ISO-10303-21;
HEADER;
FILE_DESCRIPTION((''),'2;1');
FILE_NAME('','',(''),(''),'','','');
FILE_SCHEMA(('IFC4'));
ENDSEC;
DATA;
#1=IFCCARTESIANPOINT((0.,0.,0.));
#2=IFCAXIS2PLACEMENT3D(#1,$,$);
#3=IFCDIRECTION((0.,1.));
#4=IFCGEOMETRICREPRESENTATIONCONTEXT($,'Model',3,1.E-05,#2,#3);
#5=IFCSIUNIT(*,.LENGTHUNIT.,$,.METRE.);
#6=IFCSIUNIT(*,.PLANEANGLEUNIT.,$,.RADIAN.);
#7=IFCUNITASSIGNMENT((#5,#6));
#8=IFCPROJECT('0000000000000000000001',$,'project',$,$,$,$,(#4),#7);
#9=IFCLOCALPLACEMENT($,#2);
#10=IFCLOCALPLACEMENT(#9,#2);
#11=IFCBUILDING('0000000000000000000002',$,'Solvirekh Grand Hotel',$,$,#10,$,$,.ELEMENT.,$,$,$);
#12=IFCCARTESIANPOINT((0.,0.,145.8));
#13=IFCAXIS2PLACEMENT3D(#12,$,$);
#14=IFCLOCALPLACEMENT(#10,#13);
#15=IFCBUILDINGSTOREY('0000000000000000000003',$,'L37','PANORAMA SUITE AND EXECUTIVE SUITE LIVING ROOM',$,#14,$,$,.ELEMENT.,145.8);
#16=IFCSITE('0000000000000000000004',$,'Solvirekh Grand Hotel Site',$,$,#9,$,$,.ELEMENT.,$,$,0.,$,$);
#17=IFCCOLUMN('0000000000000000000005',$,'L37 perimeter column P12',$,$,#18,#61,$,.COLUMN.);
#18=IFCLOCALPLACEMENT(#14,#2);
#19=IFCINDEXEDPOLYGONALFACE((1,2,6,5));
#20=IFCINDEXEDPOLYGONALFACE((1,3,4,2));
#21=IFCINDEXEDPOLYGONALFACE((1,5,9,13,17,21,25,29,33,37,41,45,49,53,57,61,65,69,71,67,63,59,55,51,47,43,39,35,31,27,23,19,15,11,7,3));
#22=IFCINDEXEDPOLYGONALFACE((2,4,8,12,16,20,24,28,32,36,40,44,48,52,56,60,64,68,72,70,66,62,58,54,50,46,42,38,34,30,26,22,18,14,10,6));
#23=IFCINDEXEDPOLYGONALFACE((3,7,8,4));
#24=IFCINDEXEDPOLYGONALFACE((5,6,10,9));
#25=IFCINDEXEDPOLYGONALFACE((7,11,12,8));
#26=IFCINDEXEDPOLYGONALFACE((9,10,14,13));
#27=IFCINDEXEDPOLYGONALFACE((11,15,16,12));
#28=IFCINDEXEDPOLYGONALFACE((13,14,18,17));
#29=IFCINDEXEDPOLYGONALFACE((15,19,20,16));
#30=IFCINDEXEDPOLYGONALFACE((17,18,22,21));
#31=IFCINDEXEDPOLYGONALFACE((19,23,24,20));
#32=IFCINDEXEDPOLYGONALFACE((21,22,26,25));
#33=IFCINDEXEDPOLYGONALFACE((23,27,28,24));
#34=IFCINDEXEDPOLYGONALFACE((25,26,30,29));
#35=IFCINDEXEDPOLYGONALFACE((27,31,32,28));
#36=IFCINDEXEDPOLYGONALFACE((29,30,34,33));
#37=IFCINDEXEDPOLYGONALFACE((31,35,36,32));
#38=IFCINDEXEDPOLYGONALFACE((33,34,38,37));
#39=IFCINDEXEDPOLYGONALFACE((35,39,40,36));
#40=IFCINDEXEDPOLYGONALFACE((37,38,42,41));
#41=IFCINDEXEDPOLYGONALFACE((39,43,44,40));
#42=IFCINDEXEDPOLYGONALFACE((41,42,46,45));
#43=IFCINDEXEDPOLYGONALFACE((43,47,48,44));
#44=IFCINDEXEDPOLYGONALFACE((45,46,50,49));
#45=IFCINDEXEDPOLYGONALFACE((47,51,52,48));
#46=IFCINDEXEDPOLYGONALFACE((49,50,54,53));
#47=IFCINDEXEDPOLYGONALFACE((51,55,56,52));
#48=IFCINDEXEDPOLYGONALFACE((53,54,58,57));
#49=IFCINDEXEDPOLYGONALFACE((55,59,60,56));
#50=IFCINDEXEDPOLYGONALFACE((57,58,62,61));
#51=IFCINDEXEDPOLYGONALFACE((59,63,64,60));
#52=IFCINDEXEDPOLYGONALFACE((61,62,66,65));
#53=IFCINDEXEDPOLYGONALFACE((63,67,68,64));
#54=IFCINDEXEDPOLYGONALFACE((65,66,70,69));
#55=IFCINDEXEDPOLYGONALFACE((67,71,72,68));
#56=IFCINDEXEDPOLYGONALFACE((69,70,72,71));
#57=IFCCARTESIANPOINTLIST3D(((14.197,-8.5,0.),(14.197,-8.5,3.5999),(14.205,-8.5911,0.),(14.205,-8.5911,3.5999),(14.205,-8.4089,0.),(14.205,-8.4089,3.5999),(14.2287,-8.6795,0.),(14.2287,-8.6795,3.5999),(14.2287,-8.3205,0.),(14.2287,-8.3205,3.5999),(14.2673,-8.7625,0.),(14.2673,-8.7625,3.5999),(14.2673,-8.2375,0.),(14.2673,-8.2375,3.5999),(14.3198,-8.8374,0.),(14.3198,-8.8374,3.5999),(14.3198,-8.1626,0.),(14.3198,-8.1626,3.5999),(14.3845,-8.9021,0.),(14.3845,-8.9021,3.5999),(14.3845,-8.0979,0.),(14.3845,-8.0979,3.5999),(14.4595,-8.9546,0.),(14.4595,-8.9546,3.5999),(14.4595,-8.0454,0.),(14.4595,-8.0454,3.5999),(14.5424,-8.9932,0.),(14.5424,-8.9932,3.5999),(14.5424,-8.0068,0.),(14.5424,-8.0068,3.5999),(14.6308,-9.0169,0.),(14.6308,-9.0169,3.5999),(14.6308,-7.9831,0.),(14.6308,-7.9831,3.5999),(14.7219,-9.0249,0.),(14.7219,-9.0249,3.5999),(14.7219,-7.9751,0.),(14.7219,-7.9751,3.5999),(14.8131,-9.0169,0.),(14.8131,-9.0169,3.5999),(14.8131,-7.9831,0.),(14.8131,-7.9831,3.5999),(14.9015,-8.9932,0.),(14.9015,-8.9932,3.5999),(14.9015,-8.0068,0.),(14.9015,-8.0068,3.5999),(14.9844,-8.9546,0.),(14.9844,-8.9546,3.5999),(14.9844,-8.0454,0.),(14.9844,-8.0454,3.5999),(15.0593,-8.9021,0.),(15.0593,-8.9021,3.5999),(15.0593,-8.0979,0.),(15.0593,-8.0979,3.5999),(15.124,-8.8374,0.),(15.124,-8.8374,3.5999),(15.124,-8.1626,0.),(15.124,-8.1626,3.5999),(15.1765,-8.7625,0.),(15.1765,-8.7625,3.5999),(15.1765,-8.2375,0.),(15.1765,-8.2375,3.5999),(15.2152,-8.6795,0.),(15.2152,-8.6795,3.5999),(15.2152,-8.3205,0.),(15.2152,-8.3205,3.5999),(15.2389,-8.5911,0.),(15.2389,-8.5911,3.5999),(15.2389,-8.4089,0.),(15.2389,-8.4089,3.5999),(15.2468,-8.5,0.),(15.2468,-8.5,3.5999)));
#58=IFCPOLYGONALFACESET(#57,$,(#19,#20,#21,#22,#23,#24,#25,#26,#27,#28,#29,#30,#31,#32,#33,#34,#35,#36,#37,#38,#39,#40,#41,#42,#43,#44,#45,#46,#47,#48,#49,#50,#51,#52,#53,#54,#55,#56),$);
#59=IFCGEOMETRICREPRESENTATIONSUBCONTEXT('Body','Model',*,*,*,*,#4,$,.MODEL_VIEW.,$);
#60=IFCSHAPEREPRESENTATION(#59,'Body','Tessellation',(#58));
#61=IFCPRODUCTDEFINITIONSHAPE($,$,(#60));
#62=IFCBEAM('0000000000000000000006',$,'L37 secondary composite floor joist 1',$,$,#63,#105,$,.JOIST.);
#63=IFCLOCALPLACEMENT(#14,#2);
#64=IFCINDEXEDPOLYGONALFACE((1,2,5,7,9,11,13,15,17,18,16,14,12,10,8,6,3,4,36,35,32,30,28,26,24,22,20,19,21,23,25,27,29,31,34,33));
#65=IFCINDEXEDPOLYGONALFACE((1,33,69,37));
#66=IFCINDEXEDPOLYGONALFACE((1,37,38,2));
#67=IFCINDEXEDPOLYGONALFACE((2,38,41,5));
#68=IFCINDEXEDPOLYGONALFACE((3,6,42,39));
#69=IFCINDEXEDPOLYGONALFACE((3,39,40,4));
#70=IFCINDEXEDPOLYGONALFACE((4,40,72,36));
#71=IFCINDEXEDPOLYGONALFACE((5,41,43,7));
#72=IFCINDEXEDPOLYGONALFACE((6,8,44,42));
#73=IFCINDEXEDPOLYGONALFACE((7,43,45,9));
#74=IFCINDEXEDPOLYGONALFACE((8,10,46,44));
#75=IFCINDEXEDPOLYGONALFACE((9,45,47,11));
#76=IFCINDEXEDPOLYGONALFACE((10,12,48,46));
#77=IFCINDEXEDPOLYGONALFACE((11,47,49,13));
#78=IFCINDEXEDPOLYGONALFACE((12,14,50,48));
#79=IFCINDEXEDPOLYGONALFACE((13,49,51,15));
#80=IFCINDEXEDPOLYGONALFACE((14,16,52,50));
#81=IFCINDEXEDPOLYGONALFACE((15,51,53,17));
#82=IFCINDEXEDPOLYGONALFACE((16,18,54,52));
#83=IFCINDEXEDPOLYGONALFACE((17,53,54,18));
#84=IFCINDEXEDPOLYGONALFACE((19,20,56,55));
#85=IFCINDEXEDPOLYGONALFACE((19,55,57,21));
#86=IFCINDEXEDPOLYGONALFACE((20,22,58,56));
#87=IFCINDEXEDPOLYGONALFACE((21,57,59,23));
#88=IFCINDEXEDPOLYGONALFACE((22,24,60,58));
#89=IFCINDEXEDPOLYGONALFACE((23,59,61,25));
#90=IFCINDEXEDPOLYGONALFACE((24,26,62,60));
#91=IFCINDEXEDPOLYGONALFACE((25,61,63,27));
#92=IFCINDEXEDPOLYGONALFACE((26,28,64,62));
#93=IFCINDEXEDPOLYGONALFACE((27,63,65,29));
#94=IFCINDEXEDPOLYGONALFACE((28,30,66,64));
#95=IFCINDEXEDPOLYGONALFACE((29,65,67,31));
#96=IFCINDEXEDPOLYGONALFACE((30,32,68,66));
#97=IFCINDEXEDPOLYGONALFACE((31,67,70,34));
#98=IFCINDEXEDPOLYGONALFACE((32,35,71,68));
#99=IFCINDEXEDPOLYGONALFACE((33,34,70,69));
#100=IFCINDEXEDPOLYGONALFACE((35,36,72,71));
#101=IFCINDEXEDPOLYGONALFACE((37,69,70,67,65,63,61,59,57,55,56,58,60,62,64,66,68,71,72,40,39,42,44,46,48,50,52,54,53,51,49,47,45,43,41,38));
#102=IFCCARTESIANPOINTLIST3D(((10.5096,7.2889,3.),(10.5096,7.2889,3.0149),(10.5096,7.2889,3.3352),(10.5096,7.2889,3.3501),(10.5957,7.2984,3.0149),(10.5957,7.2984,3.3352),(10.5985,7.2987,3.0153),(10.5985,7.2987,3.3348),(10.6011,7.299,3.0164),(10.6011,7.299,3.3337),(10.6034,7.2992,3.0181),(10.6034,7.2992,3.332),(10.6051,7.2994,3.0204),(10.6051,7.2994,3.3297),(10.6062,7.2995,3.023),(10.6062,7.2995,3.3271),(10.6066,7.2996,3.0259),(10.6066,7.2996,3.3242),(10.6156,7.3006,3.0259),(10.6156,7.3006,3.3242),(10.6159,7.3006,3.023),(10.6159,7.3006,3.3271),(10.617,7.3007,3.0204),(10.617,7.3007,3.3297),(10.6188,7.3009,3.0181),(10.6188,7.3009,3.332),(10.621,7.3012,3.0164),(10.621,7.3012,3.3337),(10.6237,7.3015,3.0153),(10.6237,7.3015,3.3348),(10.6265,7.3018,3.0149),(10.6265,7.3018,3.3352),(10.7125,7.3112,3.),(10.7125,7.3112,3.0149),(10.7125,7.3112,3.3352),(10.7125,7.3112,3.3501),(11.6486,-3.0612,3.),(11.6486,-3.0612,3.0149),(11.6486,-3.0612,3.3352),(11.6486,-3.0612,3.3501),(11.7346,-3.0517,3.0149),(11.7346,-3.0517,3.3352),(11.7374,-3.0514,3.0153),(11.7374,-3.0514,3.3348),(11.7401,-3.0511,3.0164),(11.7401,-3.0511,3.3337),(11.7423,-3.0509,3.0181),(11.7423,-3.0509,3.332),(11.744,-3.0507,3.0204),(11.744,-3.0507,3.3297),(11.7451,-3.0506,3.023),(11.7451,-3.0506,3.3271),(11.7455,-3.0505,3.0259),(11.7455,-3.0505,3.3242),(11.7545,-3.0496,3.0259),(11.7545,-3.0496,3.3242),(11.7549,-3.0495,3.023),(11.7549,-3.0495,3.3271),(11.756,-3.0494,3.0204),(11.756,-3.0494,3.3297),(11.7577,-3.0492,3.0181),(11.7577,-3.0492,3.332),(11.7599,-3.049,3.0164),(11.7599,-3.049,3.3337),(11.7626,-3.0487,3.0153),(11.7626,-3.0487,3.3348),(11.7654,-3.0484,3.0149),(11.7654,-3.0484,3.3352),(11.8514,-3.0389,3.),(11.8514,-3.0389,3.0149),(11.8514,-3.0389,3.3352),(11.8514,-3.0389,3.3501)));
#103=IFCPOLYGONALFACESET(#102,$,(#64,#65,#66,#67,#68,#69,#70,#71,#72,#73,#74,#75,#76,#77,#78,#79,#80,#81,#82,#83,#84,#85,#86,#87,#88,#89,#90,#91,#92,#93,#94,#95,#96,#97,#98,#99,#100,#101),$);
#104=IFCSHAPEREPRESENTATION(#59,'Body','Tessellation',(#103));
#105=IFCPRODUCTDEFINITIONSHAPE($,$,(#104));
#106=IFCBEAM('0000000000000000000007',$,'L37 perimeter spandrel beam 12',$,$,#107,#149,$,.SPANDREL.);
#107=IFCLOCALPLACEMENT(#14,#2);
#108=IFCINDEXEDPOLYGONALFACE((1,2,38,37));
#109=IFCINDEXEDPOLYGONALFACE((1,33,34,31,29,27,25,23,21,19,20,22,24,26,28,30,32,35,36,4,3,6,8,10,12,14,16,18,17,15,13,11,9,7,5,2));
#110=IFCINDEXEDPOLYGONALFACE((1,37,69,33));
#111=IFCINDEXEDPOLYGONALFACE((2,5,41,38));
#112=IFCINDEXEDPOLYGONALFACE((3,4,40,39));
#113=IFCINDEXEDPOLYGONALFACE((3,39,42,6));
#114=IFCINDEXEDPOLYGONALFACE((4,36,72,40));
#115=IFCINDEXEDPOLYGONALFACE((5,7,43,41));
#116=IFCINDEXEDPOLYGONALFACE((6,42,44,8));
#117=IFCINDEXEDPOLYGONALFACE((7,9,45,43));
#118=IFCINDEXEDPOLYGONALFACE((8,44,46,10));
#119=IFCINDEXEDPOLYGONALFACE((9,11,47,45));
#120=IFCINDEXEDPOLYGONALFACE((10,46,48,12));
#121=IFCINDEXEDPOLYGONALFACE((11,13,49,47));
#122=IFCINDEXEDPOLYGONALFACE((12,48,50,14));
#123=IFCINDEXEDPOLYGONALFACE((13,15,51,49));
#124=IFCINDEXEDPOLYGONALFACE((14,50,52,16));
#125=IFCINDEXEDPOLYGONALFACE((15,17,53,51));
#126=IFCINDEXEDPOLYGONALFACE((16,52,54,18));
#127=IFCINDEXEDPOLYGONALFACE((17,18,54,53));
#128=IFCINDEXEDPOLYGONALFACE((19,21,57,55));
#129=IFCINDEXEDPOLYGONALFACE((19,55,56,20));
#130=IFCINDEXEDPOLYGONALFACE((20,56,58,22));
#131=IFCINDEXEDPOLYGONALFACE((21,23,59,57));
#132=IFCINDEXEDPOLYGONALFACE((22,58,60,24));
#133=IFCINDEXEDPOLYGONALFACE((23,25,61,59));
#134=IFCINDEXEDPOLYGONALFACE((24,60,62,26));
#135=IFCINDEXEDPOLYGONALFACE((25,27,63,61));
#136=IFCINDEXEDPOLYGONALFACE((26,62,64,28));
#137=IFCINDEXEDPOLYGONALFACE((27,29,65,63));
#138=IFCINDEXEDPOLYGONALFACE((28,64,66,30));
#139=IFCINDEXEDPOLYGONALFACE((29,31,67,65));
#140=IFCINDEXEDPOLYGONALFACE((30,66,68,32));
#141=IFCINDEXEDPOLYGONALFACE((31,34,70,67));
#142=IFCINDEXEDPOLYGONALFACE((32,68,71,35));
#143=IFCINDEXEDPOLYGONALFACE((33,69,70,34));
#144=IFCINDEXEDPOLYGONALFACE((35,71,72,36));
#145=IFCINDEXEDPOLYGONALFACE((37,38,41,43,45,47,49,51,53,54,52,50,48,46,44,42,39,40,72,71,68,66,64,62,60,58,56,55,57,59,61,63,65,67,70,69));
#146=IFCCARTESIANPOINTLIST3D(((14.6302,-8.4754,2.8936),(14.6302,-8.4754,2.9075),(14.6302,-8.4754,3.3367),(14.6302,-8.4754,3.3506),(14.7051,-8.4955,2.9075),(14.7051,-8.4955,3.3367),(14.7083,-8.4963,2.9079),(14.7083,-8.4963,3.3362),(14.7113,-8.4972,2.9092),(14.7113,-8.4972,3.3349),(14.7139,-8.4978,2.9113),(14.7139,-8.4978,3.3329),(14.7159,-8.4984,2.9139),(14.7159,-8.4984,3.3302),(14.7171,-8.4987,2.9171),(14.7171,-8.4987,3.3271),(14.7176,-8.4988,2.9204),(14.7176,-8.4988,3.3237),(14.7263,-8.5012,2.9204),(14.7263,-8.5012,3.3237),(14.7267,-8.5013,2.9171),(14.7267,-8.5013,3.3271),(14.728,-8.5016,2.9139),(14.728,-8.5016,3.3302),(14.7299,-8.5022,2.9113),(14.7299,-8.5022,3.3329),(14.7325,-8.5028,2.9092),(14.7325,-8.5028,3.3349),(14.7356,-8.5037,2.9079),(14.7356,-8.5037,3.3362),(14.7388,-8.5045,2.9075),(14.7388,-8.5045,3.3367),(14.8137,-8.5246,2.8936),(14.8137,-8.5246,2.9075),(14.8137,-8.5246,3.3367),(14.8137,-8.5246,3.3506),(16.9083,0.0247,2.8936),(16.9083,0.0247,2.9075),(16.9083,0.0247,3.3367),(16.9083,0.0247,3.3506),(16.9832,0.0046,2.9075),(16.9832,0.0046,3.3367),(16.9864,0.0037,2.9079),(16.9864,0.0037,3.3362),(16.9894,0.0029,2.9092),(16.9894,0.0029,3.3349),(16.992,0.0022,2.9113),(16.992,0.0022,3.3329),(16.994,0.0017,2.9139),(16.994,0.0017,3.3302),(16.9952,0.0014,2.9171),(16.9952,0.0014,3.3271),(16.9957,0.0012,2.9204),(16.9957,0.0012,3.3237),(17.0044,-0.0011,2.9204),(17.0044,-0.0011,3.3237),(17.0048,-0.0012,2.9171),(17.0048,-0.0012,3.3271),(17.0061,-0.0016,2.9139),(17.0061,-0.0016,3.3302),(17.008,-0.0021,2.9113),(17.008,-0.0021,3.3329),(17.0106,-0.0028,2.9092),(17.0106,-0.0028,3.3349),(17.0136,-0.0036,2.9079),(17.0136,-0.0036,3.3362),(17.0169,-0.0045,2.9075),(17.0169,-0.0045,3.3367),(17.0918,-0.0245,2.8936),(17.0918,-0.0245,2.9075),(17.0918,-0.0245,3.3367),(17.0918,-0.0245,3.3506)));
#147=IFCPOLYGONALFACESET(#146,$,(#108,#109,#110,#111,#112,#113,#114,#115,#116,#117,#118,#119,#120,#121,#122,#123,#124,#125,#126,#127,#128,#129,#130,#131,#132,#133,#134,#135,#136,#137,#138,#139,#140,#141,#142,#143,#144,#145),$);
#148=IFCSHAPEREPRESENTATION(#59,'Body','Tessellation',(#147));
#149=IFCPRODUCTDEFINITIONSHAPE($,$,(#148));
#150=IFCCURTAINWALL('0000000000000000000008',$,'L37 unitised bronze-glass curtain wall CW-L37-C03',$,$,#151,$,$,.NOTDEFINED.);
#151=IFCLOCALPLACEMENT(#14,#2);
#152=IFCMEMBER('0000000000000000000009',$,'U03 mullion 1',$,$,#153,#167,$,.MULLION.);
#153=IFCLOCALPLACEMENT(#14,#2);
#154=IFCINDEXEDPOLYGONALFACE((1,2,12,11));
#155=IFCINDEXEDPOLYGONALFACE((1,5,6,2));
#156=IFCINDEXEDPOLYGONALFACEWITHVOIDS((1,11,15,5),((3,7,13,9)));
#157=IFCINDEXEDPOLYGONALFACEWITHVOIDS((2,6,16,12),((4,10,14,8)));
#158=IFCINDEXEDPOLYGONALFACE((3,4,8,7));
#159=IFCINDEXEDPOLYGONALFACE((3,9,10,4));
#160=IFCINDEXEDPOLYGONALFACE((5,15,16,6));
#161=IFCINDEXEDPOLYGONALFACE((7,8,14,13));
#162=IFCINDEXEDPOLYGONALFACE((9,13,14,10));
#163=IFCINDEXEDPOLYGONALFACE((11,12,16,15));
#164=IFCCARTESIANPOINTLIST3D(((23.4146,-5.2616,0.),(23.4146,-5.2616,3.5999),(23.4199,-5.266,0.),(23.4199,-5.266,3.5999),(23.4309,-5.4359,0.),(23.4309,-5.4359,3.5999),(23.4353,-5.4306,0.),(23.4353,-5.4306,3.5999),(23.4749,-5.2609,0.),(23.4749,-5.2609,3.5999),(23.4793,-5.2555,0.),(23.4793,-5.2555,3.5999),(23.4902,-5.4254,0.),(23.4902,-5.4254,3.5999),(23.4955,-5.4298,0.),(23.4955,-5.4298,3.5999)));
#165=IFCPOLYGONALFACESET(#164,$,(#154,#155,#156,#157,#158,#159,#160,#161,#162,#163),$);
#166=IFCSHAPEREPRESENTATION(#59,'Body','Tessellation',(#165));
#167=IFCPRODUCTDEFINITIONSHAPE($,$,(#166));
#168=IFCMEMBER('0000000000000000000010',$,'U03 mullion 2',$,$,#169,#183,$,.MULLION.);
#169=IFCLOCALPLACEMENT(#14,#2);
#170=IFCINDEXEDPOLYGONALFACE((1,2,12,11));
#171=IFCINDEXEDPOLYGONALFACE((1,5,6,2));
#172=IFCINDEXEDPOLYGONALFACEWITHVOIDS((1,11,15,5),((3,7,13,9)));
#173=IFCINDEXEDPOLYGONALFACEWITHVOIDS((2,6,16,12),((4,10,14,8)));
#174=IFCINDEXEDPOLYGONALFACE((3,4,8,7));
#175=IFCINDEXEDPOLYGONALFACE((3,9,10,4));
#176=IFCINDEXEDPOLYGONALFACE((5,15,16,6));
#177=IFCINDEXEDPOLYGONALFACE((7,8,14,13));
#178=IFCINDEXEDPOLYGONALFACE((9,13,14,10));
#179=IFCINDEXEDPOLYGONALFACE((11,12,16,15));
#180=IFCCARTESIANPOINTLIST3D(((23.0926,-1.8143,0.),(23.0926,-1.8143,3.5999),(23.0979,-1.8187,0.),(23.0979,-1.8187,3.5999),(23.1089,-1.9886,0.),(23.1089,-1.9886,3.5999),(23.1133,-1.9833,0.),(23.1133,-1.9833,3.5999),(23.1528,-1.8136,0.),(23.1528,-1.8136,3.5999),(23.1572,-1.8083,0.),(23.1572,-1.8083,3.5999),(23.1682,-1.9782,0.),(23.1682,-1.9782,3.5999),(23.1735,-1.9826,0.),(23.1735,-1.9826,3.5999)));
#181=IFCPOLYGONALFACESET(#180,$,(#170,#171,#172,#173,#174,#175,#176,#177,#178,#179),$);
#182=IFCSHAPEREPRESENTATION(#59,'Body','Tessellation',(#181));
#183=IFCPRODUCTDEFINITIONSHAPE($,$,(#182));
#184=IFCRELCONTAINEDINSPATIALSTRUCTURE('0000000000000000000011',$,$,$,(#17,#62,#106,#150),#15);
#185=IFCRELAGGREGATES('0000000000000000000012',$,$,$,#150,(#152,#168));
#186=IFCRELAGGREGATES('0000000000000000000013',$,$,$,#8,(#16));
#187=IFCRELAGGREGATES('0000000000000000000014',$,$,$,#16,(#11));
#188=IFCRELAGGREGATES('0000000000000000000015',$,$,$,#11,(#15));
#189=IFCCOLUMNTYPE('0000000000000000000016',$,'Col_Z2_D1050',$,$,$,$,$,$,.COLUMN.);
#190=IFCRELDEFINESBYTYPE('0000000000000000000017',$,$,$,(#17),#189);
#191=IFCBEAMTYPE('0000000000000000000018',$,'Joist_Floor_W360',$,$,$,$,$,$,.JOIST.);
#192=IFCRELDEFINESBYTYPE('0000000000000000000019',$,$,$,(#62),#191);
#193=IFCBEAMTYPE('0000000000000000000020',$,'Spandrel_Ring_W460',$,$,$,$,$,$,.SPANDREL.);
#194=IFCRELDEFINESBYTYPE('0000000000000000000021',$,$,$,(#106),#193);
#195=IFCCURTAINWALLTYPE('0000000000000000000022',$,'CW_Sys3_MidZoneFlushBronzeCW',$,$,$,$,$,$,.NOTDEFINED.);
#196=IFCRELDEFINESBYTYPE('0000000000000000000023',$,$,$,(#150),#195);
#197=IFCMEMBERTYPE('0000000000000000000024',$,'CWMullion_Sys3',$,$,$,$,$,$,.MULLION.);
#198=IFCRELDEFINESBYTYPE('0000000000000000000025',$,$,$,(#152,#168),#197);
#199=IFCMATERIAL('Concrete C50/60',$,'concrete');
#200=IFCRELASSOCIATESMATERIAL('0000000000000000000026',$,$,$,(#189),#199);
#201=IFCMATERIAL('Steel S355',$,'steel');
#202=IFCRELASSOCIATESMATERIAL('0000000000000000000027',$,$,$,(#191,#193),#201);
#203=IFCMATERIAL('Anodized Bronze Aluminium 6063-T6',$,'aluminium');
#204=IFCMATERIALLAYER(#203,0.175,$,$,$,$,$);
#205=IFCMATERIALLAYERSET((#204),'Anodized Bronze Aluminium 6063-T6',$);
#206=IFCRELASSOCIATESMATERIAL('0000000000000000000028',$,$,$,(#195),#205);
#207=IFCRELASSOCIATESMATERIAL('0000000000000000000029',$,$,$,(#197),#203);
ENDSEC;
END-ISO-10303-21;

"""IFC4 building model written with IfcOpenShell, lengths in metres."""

from ifc_helpers import new_model, si_unit, direction, frame, origin, origin_2d, place, context, subcontext, project, spatial, hollow_rectangle, circle, i_section, extrude, source, transform, mapped, material, layer, layer_set, material_profile, profile_set, type_object, element, aggregate, save


model = new_model("IFC4")

# Units and contexts
model_context = context("Model", 3, precision=1e-05, world=origin(), true_north=direction((0.0, 1.0)))
body_context = subcontext(model_context, "Body", "Model", "MODEL_VIEW")
ifc_project = project(units=[si_unit("LENGTHUNIT", "METRE"), si_unit("PLANEANGLEUNIT", "RADIAN")], contexts=[model_context])

# Site, building, storey
site_placement = place(None, origin())
site = spatial("IfcSite", under=ifc_project, at=site_placement, Name="Solvirekh Grand Hotel Site", CompositionType="ELEMENT", RefElevation=0.0)
building_placement = place(site_placement, origin())
building = spatial("IfcBuilding", under=site, at=building_placement, Name="Solvirekh Grand Hotel", CompositionType="ELEMENT")
storey_placement = place(building_placement, frame((0.0, 0.0, 145.8)))
storey = spatial("IfcBuildingStorey", under=building, at=storey_placement, Name="L37", Description="PANORAMA SUITE AND EXECUTIVE SUITE LIVING ROOM", CompositionType="ELEMENT", Elevation=145.8)

# Column
ifc_material_1 = material(Name="Concrete C50/60", Category="concrete")
ifc_material_profile_1 = material_profile(ifc_material_1, circle(Radius=0.5249, at=origin_2d()), Name="RC CIRC D1050")
ifc_profile_set_1 = profile_set([ifc_material_profile_1], Name="Concrete C50/60")
column_type = type_object("IfcColumnType", Name="Col_Z2_D1050", PredefinedType="COLUMN", material=ifc_profile_set_1)
column_placement = place(storey_placement, frame((14.7219, -8.5, 0.0), z_axis=(0.0, 0.0, 1.0), x_axis=(1.0, 0.0, 0.0)))
element("IfcColumn", 1, at=column_placement, inside=storey, type_object=column_type, Name="L37 perimeter column P12", PredefinedType="COLUMN", context=body_context, shape_type="SweptSolid", body=[
    extrude(circle(Radius=0.5249, at=origin_2d()), origin(), (0.0, 0.0, 1.0), 3.5999),
])

# Beams
ifc_material_2 = material(Name="Steel S355", Category="steel")
ifc_material_profile_2 = material_profile(ifc_material_2, i_section(OverallWidth=0.2041, OverallDepth=0.3501, WebThickness=0.009, FlangeThickness=0.0149, FilletRadius=0.011, at=origin_2d()), Name="W360X72")
ifc_profile_set_2 = profile_set([ifc_material_profile_2], Name="Steel S355")
beam_type_1 = type_object("IfcBeamType", Name="Joist_Floor_W360", PredefinedType="JOIST", material=ifc_profile_set_2)
beam_1_placement = place(storey_placement, frame((11.75, -3.05, 3.175), z_axis=(-0.109379, 0.994, 0.0), x_axis=(-0.994, -0.109379, 0.0)))
element("IfcBeam", 2, at=beam_1_placement, inside=storey, type_object=beam_type_1, Name="L37 secondary composite floor joist 1", PredefinedType="JOIST", context=body_context, shape_type="SweptSolid", body=[
    extrude(i_section(OverallWidth=0.2041, OverallDepth=0.3501, WebThickness=0.009, FlangeThickness=0.0149, FilletRadius=0.011, at=origin_2d()), origin(), (0.0, 0.0, 1.0), 10.4126),
])
ifc_material_profile_3 = material_profile(ifc_material_2, i_section(OverallWidth=0.1899, OverallDepth=0.457, WebThickness=0.009, FlangeThickness=0.0139, FilletRadius=0.0129, at=origin_2d()), Name="W460X74")
ifc_profile_set_3 = profile_set([ifc_material_profile_3], Name="Steel S355")
beam_type_2 = type_object("IfcBeamType", Name="Spandrel_Ring_W460", PredefinedType="SPANDREL", material=ifc_profile_set_3)
beam_2_placement = place(storey_placement, frame((14.7219, -8.5, 3.1221), z_axis=(0.258873, 0.965911, 0.0), x_axis=(-0.965911, 0.258873, 0.0)))
element("IfcBeam", 3, at=beam_2_placement, inside=storey, type_object=beam_type_2, Name="L37 perimeter spandrel beam 12", PredefinedType="SPANDREL", context=body_context, shape_type="SweptSolid", body=[
    extrude(i_section(OverallWidth=0.1899, OverallDepth=0.457, WebThickness=0.009, FlangeThickness=0.0139, FilletRadius=0.0129, at=origin_2d()), origin(), (0.0, 0.0, 1.0), 8.8),
])

# Curtain wall, members
ifc_material_3 = material(Name="Anodized Bronze Aluminium 6063-T6", Category="aluminium")
ifc_layer_1 = layer(ifc_material_3, 0.175)
ifc_layer_set_1 = layer_set([ifc_layer_1], Name="Anodized Bronze Aluminium 6063-T6")
curtain_wall_type = type_object("IfcCurtainWallType", Name="CW_Sys3_MidZoneFlushBronzeCW", PredefinedType="NOTDEFINED", material=ifc_layer_set_1)
curtain_wall_placement = place(storey_placement, origin())
curtain_wall = element("IfcCurtainWall", 4, at=curtain_wall_placement, inside=storey, type_object=curtain_wall_type, Name="L37 unitised bronze-glass curtain wall CW-L37-C03", PredefinedType="NOTDEFINED")
ifc_material_profile_4 = material_profile(ifc_material_3, hollow_rectangle(XDim=0.0649, YDim=0.175, WallThickness=0.0049, at=origin_2d()), Name="ALU RHS 175X65X5")
ifc_profile_set_4 = profile_set([ifc_material_profile_4], Name="Anodized Bronze Aluminium 6063-T6")
member_type_1 = type_object("IfcMemberType", Name="CWMullion_Sys3", PredefinedType="MULLION", material=ifc_profile_set_4)
shared_shape_1 = source(origin(), body_context, "Body", "SweptSolid", [
    extrude(hollow_rectangle(XDim=0.0649, YDim=0.175, WallThickness=0.0049, at=origin_2d()), origin(), (0.0, 0.0, 1.0), 3.5999),
])
member_1_placement = place(storey_placement, frame((23.4551, -5.3457, 0.0), z_axis=(0.0, 0.0, 1.0), x_axis=(-0.995666, -0.092999, 0.0)))
member_1 = element("IfcMember", 5, at=member_1_placement, type_object=member_type_1, Name="U03 mullion 1", PredefinedType="MULLION", context=body_context, shape_type="MappedRepresentation", body=[
    mapped(shared_shape_1, transform((0.0, 0.0, 0.0), x_axis=(1.0, 0.0, 0.0), y_axis=(0.0, 1.0, 0.0), z_axis=(0.0, 0.0, 1.0), scale=1.0)),
])
member_2_placement = place(storey_placement, frame((23.1331, -1.8984, 0.0), z_axis=(0.0, 0.0, 1.0), x_axis=(-0.995666, -0.092999, 0.0)))
member_2 = element("IfcMember", 6, at=member_2_placement, type_object=member_type_1, Name="U03 mullion 2", PredefinedType="MULLION", context=body_context, shape_type="MappedRepresentation", body=[
    mapped(shared_shape_1, transform((0.0, 0.0, 0.0), x_axis=(1.0, 0.0, 0.0), y_axis=(0.0, 1.0, 0.0), z_axis=(0.0, 0.0, 1.0), scale=1.0)),
])
aggregate(curtain_wall, [member_1, member_2])

save(model, "model.ifc")
